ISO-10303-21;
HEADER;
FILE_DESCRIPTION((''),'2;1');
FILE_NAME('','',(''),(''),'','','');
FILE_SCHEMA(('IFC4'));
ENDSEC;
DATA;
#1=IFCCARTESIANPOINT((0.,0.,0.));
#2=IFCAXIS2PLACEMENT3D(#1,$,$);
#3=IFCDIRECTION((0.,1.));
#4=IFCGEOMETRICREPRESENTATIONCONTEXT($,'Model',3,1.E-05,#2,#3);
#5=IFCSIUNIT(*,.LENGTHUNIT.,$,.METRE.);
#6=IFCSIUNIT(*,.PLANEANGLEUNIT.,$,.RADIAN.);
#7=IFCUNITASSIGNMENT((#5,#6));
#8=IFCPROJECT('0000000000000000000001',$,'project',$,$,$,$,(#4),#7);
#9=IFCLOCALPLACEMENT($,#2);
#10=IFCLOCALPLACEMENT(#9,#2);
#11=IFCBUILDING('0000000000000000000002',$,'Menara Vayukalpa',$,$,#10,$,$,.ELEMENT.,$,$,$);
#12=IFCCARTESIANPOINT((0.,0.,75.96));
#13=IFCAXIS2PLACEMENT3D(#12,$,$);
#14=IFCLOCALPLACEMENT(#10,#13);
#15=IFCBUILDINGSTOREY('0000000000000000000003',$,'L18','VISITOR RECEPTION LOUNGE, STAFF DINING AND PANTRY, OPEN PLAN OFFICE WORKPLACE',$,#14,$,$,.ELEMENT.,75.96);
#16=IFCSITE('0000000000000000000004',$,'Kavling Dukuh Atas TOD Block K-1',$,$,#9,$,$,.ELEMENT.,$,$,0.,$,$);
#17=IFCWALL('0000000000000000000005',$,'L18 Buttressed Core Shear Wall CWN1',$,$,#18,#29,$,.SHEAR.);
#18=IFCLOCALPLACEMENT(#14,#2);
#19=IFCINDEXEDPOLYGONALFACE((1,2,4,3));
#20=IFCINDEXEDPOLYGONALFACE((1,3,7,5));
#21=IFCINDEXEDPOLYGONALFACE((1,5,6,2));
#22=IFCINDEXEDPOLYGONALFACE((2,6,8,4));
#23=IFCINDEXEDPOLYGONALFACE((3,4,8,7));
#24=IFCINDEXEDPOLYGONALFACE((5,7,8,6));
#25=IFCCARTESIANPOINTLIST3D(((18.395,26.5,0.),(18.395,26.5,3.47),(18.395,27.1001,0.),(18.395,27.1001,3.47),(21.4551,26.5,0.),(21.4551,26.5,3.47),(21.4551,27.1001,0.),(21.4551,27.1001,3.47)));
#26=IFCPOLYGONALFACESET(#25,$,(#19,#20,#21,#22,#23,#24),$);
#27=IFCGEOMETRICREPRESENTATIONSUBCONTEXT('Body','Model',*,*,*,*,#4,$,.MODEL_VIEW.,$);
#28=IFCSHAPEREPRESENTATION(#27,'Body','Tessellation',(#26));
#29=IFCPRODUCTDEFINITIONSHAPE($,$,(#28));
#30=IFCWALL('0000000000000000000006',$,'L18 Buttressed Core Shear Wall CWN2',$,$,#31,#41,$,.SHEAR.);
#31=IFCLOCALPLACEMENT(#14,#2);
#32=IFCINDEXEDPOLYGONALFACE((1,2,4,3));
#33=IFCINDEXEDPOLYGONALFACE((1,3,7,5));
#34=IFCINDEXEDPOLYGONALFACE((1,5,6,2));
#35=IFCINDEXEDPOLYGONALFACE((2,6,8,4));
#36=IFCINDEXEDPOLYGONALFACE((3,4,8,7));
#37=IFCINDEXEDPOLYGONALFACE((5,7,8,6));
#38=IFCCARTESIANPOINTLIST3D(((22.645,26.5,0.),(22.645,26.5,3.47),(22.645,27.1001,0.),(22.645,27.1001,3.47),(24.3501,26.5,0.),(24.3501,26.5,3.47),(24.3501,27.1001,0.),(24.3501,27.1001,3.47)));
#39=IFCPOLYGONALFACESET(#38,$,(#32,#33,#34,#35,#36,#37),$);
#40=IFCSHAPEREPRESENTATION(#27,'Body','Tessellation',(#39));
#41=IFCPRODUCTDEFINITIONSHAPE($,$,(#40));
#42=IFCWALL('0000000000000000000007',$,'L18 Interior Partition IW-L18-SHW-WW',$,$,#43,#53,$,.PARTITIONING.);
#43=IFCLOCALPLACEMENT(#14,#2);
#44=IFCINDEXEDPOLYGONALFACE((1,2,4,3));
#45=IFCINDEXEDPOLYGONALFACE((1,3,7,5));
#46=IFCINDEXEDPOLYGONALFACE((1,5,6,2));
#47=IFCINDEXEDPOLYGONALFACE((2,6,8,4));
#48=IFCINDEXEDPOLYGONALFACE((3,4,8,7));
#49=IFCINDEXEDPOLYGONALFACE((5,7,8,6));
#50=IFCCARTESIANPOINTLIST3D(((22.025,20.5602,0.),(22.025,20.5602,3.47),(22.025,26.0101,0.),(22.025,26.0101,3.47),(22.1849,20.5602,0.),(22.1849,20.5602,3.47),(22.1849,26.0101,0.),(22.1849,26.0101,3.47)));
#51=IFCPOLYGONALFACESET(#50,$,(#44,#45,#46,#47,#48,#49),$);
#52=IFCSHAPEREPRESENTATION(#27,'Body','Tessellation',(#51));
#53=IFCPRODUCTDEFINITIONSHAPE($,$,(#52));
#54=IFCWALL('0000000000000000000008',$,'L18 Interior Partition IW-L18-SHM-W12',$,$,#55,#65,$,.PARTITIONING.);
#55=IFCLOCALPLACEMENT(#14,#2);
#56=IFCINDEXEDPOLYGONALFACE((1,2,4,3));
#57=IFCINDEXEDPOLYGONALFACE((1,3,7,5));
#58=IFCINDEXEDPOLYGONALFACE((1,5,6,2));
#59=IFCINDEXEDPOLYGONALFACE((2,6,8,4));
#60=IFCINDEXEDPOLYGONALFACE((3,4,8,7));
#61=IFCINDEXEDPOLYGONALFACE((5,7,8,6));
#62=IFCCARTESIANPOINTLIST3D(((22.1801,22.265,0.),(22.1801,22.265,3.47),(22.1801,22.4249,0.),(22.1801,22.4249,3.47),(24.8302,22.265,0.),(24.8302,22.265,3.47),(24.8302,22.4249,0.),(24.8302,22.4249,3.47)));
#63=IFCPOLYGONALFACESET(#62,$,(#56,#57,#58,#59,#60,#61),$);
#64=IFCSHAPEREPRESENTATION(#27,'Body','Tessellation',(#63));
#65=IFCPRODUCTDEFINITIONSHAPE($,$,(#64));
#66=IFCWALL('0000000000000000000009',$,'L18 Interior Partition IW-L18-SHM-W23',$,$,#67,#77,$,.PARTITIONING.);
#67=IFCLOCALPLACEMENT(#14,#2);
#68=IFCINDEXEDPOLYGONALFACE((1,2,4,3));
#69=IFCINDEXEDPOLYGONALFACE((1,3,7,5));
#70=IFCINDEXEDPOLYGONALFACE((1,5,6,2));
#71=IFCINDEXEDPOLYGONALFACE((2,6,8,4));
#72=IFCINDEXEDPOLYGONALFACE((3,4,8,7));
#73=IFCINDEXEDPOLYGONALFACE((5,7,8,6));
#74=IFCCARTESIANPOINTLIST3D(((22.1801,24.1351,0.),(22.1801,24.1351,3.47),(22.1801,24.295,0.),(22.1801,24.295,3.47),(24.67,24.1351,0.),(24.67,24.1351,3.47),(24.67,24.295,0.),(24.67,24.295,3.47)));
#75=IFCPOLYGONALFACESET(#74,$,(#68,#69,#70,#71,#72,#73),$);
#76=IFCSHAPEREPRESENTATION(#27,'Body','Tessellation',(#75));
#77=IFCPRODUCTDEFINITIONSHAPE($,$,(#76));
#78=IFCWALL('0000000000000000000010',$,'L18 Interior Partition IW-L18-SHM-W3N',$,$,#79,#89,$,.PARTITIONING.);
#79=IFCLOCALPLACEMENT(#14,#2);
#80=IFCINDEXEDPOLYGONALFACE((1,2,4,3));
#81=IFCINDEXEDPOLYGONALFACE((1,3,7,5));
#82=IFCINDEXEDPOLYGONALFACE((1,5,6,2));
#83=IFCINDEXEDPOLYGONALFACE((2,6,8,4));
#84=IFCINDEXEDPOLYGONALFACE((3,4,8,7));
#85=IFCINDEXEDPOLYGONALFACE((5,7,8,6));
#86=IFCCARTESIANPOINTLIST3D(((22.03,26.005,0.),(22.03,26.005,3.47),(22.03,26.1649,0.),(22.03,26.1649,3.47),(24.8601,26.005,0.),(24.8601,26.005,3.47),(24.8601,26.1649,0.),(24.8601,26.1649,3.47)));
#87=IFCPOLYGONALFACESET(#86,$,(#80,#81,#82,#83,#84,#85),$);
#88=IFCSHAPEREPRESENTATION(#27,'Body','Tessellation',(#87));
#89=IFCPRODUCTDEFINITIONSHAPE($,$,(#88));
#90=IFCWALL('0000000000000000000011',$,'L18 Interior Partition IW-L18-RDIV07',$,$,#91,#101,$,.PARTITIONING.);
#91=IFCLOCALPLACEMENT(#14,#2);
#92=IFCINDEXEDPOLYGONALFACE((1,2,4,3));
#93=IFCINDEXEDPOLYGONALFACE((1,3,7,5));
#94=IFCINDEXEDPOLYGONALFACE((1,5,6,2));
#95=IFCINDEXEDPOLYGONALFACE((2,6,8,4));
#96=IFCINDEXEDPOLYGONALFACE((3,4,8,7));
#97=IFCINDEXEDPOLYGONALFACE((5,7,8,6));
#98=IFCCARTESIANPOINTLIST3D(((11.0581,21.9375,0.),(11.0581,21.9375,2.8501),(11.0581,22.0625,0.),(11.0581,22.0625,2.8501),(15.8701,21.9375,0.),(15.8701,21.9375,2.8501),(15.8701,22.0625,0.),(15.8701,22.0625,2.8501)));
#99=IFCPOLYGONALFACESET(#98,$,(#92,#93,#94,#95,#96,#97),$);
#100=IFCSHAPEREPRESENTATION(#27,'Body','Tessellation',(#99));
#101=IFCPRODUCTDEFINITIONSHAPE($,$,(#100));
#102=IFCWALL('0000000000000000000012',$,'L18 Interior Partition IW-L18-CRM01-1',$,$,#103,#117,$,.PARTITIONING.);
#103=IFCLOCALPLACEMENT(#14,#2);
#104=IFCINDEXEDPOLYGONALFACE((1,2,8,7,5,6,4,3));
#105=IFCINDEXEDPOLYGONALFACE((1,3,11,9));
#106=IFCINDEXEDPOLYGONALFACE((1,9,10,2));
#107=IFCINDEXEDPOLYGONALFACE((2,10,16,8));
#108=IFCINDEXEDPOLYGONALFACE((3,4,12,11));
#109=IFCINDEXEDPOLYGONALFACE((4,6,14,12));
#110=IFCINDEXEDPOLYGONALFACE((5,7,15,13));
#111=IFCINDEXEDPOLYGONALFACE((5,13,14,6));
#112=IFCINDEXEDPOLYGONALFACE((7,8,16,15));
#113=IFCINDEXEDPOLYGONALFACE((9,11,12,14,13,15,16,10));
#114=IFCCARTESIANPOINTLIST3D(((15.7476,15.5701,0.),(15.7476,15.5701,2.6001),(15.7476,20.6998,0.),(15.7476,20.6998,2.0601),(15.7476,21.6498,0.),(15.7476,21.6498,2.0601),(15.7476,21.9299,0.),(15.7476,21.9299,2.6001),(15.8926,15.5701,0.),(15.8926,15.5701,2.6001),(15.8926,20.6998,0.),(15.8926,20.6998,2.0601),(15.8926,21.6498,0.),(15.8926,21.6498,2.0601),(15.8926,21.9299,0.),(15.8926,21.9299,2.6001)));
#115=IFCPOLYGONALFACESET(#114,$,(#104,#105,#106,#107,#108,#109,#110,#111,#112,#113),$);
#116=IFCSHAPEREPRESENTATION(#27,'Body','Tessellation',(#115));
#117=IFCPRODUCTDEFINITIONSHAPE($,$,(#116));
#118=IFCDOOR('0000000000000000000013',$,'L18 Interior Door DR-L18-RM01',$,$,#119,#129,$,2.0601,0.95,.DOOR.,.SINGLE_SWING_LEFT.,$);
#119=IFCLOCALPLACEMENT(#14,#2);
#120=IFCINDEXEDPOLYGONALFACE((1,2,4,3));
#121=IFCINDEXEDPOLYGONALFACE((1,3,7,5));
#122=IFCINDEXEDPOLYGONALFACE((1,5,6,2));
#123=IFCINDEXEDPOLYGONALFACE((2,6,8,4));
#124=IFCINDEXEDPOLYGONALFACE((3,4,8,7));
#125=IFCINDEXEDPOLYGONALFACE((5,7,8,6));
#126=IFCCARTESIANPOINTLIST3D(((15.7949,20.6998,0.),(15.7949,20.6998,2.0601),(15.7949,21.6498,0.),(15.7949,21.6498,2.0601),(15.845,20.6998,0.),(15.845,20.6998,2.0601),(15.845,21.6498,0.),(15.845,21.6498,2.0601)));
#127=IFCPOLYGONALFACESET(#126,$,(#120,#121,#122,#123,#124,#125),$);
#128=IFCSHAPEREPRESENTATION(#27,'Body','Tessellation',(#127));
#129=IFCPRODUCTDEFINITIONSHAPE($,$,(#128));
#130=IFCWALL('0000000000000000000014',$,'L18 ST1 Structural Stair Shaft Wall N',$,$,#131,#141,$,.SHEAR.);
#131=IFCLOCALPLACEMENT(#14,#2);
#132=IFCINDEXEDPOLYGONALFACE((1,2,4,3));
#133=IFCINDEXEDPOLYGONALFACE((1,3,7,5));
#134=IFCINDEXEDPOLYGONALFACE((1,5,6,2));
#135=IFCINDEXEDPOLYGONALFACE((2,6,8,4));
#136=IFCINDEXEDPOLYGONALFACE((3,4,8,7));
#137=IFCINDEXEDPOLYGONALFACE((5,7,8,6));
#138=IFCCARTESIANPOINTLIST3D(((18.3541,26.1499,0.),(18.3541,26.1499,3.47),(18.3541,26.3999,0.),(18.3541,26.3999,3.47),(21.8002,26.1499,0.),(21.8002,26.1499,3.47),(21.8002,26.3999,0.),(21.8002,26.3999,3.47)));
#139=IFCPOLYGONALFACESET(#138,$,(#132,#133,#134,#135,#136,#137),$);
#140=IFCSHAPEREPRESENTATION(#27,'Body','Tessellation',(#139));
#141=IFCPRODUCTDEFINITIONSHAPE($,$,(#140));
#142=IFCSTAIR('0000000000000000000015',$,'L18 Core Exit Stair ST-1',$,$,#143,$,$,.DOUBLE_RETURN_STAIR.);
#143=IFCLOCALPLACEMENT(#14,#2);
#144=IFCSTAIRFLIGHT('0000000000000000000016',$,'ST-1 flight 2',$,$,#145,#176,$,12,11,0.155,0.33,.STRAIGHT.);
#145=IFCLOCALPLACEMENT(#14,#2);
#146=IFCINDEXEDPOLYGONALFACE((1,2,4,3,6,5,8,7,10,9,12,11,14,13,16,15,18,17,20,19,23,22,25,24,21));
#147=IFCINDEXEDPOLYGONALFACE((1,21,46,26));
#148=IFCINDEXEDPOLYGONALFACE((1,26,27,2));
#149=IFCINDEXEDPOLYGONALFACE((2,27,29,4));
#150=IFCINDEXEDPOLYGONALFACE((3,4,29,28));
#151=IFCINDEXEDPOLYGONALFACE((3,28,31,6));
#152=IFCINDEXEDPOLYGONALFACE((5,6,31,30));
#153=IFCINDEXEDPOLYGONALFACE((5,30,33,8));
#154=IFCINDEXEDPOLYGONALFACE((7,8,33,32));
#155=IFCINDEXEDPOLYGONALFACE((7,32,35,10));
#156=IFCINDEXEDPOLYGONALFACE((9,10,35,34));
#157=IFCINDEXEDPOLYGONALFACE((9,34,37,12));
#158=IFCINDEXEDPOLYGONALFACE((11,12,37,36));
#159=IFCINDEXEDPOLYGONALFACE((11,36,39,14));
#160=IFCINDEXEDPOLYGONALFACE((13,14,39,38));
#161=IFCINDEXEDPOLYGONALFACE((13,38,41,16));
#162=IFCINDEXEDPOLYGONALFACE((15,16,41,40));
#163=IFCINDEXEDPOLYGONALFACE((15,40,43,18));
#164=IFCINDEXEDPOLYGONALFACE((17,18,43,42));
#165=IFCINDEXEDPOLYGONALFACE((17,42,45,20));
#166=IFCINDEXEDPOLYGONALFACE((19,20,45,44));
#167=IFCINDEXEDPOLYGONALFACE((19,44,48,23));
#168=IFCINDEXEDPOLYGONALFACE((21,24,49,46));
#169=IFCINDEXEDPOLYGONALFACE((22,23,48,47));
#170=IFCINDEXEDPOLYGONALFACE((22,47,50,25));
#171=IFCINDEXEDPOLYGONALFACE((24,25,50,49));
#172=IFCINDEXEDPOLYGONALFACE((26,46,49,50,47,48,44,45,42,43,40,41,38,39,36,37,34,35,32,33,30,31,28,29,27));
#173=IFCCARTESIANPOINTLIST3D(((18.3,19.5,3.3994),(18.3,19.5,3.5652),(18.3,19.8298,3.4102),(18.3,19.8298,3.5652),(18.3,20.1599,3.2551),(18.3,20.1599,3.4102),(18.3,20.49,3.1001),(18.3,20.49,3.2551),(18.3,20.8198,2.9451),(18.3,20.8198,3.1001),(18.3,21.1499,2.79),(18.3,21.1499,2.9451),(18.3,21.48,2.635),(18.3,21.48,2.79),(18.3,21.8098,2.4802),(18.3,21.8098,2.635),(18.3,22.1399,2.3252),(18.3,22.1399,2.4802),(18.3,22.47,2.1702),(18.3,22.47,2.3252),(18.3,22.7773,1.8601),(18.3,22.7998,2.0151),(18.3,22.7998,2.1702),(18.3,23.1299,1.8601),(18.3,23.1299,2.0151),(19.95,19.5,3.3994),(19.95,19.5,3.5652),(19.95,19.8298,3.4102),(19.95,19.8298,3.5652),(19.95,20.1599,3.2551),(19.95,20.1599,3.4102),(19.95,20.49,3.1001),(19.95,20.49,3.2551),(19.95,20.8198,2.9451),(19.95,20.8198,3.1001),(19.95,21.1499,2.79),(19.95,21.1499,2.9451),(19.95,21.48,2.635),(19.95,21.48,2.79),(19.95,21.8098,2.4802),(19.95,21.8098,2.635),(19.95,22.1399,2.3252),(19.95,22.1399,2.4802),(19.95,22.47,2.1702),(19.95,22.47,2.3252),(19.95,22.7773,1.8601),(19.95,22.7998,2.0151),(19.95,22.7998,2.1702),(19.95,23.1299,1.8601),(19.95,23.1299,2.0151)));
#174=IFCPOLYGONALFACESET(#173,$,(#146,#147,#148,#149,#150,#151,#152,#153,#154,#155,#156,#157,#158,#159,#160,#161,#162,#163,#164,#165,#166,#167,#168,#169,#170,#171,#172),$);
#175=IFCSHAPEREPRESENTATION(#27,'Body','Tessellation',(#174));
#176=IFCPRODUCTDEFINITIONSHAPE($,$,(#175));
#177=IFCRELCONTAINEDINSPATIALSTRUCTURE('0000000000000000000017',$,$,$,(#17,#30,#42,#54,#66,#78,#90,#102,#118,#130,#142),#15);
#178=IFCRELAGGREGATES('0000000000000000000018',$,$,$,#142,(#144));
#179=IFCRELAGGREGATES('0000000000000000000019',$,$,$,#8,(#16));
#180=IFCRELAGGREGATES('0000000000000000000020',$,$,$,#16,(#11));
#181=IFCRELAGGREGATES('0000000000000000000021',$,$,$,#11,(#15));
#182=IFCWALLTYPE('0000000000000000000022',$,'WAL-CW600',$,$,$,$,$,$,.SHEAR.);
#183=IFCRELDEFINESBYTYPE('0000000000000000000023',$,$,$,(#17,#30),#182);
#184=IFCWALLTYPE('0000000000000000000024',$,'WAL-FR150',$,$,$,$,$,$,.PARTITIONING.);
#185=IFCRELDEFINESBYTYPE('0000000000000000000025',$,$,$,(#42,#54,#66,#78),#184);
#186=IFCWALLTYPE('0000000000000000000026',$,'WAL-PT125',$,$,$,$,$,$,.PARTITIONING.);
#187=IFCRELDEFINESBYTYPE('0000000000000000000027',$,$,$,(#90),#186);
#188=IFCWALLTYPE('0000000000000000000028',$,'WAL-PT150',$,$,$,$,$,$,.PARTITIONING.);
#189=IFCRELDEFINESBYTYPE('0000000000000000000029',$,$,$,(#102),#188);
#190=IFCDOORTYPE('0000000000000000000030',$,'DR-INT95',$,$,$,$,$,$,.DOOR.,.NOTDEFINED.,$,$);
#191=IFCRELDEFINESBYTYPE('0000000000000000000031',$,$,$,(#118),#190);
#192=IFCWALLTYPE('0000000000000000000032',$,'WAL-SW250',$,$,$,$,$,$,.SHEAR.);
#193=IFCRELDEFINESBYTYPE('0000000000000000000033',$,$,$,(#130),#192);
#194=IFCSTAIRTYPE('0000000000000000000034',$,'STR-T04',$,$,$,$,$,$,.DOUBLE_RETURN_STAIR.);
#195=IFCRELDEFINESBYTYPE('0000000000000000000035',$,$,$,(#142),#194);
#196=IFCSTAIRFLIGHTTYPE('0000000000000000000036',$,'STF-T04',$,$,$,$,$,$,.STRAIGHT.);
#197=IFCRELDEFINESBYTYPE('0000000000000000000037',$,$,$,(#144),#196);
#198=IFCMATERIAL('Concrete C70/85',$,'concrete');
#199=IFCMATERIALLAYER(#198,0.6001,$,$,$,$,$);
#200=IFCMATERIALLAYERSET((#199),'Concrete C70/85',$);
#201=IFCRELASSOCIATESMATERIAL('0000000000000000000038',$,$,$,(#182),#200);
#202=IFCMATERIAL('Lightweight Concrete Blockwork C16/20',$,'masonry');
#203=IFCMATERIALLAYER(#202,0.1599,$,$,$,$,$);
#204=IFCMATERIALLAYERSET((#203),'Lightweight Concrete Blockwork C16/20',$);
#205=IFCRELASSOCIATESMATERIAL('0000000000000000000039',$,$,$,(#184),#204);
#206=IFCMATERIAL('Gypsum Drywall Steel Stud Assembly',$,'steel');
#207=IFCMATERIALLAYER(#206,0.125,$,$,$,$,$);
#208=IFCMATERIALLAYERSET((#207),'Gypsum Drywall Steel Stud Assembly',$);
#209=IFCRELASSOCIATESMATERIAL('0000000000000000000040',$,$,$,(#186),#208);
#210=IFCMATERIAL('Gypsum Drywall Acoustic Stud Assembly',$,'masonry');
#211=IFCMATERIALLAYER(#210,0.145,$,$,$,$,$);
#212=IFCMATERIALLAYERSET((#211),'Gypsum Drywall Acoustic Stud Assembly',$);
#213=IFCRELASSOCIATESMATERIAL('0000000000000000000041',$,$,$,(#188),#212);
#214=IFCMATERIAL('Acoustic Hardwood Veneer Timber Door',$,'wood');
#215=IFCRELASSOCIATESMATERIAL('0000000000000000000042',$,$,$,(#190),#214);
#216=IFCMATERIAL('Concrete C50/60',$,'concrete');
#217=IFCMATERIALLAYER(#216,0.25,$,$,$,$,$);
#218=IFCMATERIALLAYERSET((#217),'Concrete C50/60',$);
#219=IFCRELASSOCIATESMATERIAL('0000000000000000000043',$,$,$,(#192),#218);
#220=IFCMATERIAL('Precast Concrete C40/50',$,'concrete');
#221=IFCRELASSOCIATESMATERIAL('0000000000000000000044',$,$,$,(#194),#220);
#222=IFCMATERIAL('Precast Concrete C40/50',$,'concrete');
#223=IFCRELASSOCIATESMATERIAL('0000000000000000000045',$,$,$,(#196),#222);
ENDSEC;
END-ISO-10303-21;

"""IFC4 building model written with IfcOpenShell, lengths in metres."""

from ifc_helpers import new_model, si_unit, direction, frame, frame_2d, origin, place, context, subcontext, project, spatial, polyline, rectangle, outline, extrude, material, layer, layer_set, type_object, element, fill, aggregate, save


model = new_model("IFC4")

# Units and contexts
model_context = context("Model", 3, precision=1e-05, world=origin(), true_north=direction((0.0, 1.0)))
body_context = subcontext(model_context, "Body", "Model", "MODEL_VIEW")
ifc_project = project(units=[si_unit("LENGTHUNIT", "METRE"), si_unit("PLANEANGLEUNIT", "RADIAN")], contexts=[model_context])

# Site, building, storey
site_placement = place(None, origin())
site = spatial("IfcSite", under=ifc_project, at=site_placement, Name="Kavling Dukuh Atas TOD Block K-1", CompositionType="ELEMENT", RefElevation=0.0)
building_placement = place(site_placement, origin())
building = spatial("IfcBuilding", under=site, at=building_placement, Name="Menara Vayukalpa", CompositionType="ELEMENT")
storey_placement = place(building_placement, frame((0.0, 0.0, 75.96)))
storey = spatial("IfcBuildingStorey", under=building, at=storey_placement, Name="L18", Description="VISITOR RECEPTION LOUNGE, STAFF DINING AND PANTRY, OPEN PLAN OFFICE WORKPLACE", CompositionType="ELEMENT", Elevation=75.96)

# Walls
ifc_material_1 = material(Name="Concrete C70/85", Category="concrete")
ifc_layer_1 = layer(ifc_material_1, 0.6001)
ifc_layer_set_1 = layer_set([ifc_layer_1], Name="Concrete C70/85")
wall_type_1 = type_object("IfcWallType", Name="WAL-CW600", PredefinedType="SHEAR", material=ifc_layer_set_1)
wall_1_placement = place(storey_placement, frame((18.395, 26.8, 0.0), z_axis=(0.0, 0.0, 1.0), x_axis=(1.0, 0.0, 0.0)))
element("IfcWall", 1, at=wall_1_placement, inside=storey, type_object=wall_type_1, Name="L18 Buttressed Core Shear Wall CWN1", PredefinedType="SHEAR", context=body_context, shape_type="SweptSolid", body=[
    extrude(rectangle(XDim=3.0601, YDim=0.6001, at=frame_2d((1.53, 0.0))), origin(), (0.0, 0.0, 1.0), 3.47),
])
wall_2_placement = place(storey_placement, frame((22.645, 26.8, 0.0), z_axis=(0.0, 0.0, 1.0), x_axis=(1.0, 0.0, 0.0)))
element("IfcWall", 2, at=wall_2_placement, inside=storey, type_object=wall_type_1, Name="L18 Buttressed Core Shear Wall CWN2", PredefinedType="SHEAR", context=body_context, shape_type="SweptSolid", body=[
    extrude(rectangle(XDim=1.7051, YDim=0.6001, at=frame_2d((0.8525, 0.0))), origin(), (0.0, 0.0, 1.0), 3.47),
])
ifc_material_2 = material(Name="Lightweight Concrete Blockwork C16/20", Category="masonry")
ifc_layer_2 = layer(ifc_material_2, 0.1599)
ifc_layer_set_2 = layer_set([ifc_layer_2], Name="Lightweight Concrete Blockwork C16/20")
wall_type_2 = type_object("IfcWallType", Name="WAL-FR150", PredefinedType="PARTITIONING", material=ifc_layer_set_2)
wall_3_placement = place(storey_placement, frame((22.105, 20.5601, 0.0), z_axis=(0.0, 0.0, 1.0), x_axis=(0.0, 1.0, 0.0)))
element("IfcWall", 3, at=wall_3_placement, inside=storey, type_object=wall_type_2, Name="L18 Interior Partition IW-L18-SHW-WW", PredefinedType="PARTITIONING", context=body_context, shape_type="SweptSolid", body=[
    extrude(rectangle(XDim=5.45, YDim=0.1599, at=frame_2d((2.7251, 0.0))), origin(), (0.0, 0.0, 1.0), 3.47),
])
wall_4_placement = place(storey_placement, frame((22.1799, 22.345, 0.0), z_axis=(0.0, 0.0, 1.0), x_axis=(1.0, 0.0, 0.0)))
element("IfcWall", 4, at=wall_4_placement, inside=storey, type_object=wall_type_2, Name="L18 Interior Partition IW-L18-SHM-W12", PredefinedType="PARTITIONING", context=body_context, shape_type="SweptSolid", body=[
    extrude(rectangle(XDim=2.6501, YDim=0.1599, at=frame_2d((1.3252, 0.0))), origin(), (0.0, 0.0, 1.0), 3.47),
])
wall_5_placement = place(storey_placement, frame((22.1799, 24.2151, 0.0), z_axis=(0.0, 0.0, 1.0), x_axis=(1.0, 0.0, 0.0)))
element("IfcWall", 5, at=wall_5_placement, inside=storey, type_object=wall_type_2, Name="L18 Interior Partition IW-L18-SHM-W23", PredefinedType="PARTITIONING", context=body_context, shape_type="SweptSolid", body=[
    extrude(rectangle(XDim=2.49, YDim=0.1599, at=frame_2d((1.2451, 0.0))), origin(), (0.0, 0.0, 1.0), 3.47),
])
wall_6_placement = place(storey_placement, frame((22.03, 26.085, 0.0), z_axis=(0.0, 0.0, 1.0), x_axis=(1.0, 0.0, 0.0)))
element("IfcWall", 6, at=wall_6_placement, inside=storey, type_object=wall_type_2, Name="L18 Interior Partition IW-L18-SHM-W3N", PredefinedType="PARTITIONING", context=body_context, shape_type="SweptSolid", body=[
    extrude(rectangle(XDim=2.8301, YDim=0.1599, at=frame_2d((1.415, 0.0))), origin(), (0.0, 0.0, 1.0), 3.47),
])
ifc_material_3 = material(Name="Gypsum Drywall Steel Stud Assembly", Category="steel")
ifc_layer_3 = layer(ifc_material_3, 0.125)
ifc_layer_set_3 = layer_set([ifc_layer_3], Name="Gypsum Drywall Steel Stud Assembly")
wall_type_3 = type_object("IfcWallType", Name="WAL-PT125", PredefinedType="PARTITIONING", material=ifc_layer_set_3)
wall_7_placement = place(storey_placement, frame((11.0581, 22.0, 0.0), z_axis=(0.0, 0.0, 1.0), x_axis=(1.0, 0.0, 0.0)))
element("IfcWall", 7, at=wall_7_placement, inside=storey, type_object=wall_type_3, Name="L18 Interior Partition IW-L18-RDIV07", PredefinedType="PARTITIONING", context=body_context, shape_type="SweptSolid", body=[
    extrude(rectangle(XDim=4.812, YDim=0.125, at=frame_2d((2.406, 0.0))), origin(), (0.0, 0.0, 1.0), 2.8501),
])

# Wall, opening, door
ifc_material_4 = material(Name="Gypsum Drywall Acoustic Stud Assembly", Category="masonry")
ifc_layer_4 = layer(ifc_material_4, 0.145)
ifc_layer_set_4 = layer_set([ifc_layer_4], Name="Gypsum Drywall Acoustic Stud Assembly")
wall_type_4 = type_object("IfcWallType", Name="WAL-PT150", PredefinedType="PARTITIONING", material=ifc_layer_set_4)
wall_8_placement = place(storey_placement, frame((15.8201, 21.9299, 0.0), z_axis=(0.0, 0.0, 1.0), x_axis=(0.0, -1.0, 0.0)))
wall_8 = element("IfcWall", 8, at=wall_8_placement, inside=storey, type_object=wall_type_4, Name="L18 Interior Partition IW-L18-CRM01-1", PredefinedType="PARTITIONING", context=body_context, shape_type="SweptSolid", body=[
    extrude(rectangle(XDim=6.3599, YDim=0.145, at=frame_2d((3.1799, 0.0))), origin(), (0.0, 0.0, 1.0), 2.6001),
])
opening_placement = place(wall_8_placement, frame((0.28, 0.0, 0.0)))
opening = element("IfcOpeningElement", 9, at=opening_placement, cuts=wall_8, PredefinedType="OPENING", context=body_context, shape_type="SweptSolid", body=[
    extrude(rectangle(XDim=0.95, YDim=2.0601, at=frame_2d((0.4751, 1.03))), frame((0.0, 0.0825, 0.0), z_axis=(0.0, -1.0, 0.0), x_axis=(1.0, 0.0, 0.0)), (0.0, 0.0, 1.0), 0.165),
])
ifc_material_5 = material(Name="Acoustic Hardwood Veneer Timber Door", Category="wood")
door_type = type_object("IfcDoorType", Name="DR-INT95", OperationType="NOTDEFINED", PredefinedType="DOOR", material=ifc_material_5)
door_placement = place(opening_placement, origin())
door = element("IfcDoor", 10, at=door_placement, inside=storey, type_object=door_type, Name="L18 Interior Door DR-L18-RM01", OperationType="SINGLE_SWING_LEFT", OverallHeight=2.0601, OverallWidth=0.95, PredefinedType="DOOR", context=body_context, shape_type="SweptSolid", body=[
    extrude(rectangle(XDim=0.95, YDim=2.0601, at=frame_2d((0.4751, 1.03))), frame((0.0, 0.0249, 0.0), z_axis=(0.0, -1.0, 0.0), x_axis=(1.0, 0.0, 0.0)), (0.0, 0.0, 1.0), 0.05),
])
fill(opening, door)

# Wall
ifc_material_6 = material(Name="Concrete C50/60", Category="concrete")
ifc_layer_5 = layer(ifc_material_6, 0.25)
ifc_layer_set_5 = layer_set([ifc_layer_5], Name="Concrete C50/60")
wall_type_5 = type_object("IfcWallType", Name="WAL-SW250", PredefinedType="SHEAR", material=ifc_layer_set_5)
wall_9_placement = place(storey_placement, frame((18.354, 26.2749, 0.0), z_axis=(0.0, 0.0, 1.0), x_axis=(1.0, 0.0, 0.0)))
element("IfcWall", 11, at=wall_9_placement, inside=storey, type_object=wall_type_5, Name="L18 ST1 Structural Stair Shaft Wall N", PredefinedType="SHEAR", context=body_context, shape_type="SweptSolid", body=[
    extrude(rectangle(XDim=3.446, YDim=0.25, at=frame_2d((1.7231, 0.0))), origin(), (0.0, 0.0, 1.0), 3.47),
])

# Stair, stair flight
ifc_material_7 = material(Name="Precast Concrete C40/50", Category="concrete")
stair_type = type_object("IfcStairType", Name="STR-T04", PredefinedType="DOUBLE_RETURN_STAIR", material=ifc_material_7)
stair_placement = place(storey_placement, origin())
stair = element("IfcStair", 12, at=stair_placement, inside=storey, type_object=stair_type, Name="L18 Core Exit Stair ST-1", PredefinedType="DOUBLE_RETURN_STAIR")
ifc_material_8 = material(Name="Precast Concrete C40/50", Category="concrete")
stair_flight_type = type_object("IfcStairFlightType", Name="STF-T04", PredefinedType="STRAIGHT", material=ifc_material_8)
stair_flight_placement = place(storey_placement, frame((19.125, 23.1299, 1.8601), z_axis=(0.0, 0.0, 1.0), x_axis=(0.0, -1.0, 0.0)))
stair_flight = element("IfcStairFlight", 13, at=stair_flight_placement, type_object=stair_flight_type, Name="ST-1 flight 2", NumberOfRisers=12, NumberOfTreads=11, PredefinedType="STRAIGHT", RiserHeight=0.155, TreadLength=0.33, context=body_context, shape_type="SweptSolid", body=[
    extrude(outline(polyline([(0.0, 0.0), (0.0, 0.155), (0.3301, 0.155), (0.3301, 0.3101), (0.6599, 0.3101), (0.6599, 0.4651), (0.99, 0.4651), (0.99, 0.6201), (1.3201, 0.6201), (1.3201, 0.7749), (1.6499, 0.7749), (1.6499, 0.9299), (1.98, 0.9299), (1.98, 1.085), (2.3101, 1.085), (2.3101, 1.24), (2.6399, 1.24), (2.6399, 1.395), (2.97, 1.395), (2.97, 1.55), (3.3, 1.55), (3.3, 1.7051), (3.6299, 1.7051), (3.6299, 1.8601), (3.6299, 1.5393), (0.3525, 0.0), (0.0, 0.0)])), frame((0.0, 0.825, 0.0), z_axis=(0.0, -1.0, 0.0), x_axis=(1.0, 0.0, 0.0)), (0.0, 0.0, 1.0), 1.6499),
])
aggregate(stair, [stair_flight])

save(model, "model.ifc")
